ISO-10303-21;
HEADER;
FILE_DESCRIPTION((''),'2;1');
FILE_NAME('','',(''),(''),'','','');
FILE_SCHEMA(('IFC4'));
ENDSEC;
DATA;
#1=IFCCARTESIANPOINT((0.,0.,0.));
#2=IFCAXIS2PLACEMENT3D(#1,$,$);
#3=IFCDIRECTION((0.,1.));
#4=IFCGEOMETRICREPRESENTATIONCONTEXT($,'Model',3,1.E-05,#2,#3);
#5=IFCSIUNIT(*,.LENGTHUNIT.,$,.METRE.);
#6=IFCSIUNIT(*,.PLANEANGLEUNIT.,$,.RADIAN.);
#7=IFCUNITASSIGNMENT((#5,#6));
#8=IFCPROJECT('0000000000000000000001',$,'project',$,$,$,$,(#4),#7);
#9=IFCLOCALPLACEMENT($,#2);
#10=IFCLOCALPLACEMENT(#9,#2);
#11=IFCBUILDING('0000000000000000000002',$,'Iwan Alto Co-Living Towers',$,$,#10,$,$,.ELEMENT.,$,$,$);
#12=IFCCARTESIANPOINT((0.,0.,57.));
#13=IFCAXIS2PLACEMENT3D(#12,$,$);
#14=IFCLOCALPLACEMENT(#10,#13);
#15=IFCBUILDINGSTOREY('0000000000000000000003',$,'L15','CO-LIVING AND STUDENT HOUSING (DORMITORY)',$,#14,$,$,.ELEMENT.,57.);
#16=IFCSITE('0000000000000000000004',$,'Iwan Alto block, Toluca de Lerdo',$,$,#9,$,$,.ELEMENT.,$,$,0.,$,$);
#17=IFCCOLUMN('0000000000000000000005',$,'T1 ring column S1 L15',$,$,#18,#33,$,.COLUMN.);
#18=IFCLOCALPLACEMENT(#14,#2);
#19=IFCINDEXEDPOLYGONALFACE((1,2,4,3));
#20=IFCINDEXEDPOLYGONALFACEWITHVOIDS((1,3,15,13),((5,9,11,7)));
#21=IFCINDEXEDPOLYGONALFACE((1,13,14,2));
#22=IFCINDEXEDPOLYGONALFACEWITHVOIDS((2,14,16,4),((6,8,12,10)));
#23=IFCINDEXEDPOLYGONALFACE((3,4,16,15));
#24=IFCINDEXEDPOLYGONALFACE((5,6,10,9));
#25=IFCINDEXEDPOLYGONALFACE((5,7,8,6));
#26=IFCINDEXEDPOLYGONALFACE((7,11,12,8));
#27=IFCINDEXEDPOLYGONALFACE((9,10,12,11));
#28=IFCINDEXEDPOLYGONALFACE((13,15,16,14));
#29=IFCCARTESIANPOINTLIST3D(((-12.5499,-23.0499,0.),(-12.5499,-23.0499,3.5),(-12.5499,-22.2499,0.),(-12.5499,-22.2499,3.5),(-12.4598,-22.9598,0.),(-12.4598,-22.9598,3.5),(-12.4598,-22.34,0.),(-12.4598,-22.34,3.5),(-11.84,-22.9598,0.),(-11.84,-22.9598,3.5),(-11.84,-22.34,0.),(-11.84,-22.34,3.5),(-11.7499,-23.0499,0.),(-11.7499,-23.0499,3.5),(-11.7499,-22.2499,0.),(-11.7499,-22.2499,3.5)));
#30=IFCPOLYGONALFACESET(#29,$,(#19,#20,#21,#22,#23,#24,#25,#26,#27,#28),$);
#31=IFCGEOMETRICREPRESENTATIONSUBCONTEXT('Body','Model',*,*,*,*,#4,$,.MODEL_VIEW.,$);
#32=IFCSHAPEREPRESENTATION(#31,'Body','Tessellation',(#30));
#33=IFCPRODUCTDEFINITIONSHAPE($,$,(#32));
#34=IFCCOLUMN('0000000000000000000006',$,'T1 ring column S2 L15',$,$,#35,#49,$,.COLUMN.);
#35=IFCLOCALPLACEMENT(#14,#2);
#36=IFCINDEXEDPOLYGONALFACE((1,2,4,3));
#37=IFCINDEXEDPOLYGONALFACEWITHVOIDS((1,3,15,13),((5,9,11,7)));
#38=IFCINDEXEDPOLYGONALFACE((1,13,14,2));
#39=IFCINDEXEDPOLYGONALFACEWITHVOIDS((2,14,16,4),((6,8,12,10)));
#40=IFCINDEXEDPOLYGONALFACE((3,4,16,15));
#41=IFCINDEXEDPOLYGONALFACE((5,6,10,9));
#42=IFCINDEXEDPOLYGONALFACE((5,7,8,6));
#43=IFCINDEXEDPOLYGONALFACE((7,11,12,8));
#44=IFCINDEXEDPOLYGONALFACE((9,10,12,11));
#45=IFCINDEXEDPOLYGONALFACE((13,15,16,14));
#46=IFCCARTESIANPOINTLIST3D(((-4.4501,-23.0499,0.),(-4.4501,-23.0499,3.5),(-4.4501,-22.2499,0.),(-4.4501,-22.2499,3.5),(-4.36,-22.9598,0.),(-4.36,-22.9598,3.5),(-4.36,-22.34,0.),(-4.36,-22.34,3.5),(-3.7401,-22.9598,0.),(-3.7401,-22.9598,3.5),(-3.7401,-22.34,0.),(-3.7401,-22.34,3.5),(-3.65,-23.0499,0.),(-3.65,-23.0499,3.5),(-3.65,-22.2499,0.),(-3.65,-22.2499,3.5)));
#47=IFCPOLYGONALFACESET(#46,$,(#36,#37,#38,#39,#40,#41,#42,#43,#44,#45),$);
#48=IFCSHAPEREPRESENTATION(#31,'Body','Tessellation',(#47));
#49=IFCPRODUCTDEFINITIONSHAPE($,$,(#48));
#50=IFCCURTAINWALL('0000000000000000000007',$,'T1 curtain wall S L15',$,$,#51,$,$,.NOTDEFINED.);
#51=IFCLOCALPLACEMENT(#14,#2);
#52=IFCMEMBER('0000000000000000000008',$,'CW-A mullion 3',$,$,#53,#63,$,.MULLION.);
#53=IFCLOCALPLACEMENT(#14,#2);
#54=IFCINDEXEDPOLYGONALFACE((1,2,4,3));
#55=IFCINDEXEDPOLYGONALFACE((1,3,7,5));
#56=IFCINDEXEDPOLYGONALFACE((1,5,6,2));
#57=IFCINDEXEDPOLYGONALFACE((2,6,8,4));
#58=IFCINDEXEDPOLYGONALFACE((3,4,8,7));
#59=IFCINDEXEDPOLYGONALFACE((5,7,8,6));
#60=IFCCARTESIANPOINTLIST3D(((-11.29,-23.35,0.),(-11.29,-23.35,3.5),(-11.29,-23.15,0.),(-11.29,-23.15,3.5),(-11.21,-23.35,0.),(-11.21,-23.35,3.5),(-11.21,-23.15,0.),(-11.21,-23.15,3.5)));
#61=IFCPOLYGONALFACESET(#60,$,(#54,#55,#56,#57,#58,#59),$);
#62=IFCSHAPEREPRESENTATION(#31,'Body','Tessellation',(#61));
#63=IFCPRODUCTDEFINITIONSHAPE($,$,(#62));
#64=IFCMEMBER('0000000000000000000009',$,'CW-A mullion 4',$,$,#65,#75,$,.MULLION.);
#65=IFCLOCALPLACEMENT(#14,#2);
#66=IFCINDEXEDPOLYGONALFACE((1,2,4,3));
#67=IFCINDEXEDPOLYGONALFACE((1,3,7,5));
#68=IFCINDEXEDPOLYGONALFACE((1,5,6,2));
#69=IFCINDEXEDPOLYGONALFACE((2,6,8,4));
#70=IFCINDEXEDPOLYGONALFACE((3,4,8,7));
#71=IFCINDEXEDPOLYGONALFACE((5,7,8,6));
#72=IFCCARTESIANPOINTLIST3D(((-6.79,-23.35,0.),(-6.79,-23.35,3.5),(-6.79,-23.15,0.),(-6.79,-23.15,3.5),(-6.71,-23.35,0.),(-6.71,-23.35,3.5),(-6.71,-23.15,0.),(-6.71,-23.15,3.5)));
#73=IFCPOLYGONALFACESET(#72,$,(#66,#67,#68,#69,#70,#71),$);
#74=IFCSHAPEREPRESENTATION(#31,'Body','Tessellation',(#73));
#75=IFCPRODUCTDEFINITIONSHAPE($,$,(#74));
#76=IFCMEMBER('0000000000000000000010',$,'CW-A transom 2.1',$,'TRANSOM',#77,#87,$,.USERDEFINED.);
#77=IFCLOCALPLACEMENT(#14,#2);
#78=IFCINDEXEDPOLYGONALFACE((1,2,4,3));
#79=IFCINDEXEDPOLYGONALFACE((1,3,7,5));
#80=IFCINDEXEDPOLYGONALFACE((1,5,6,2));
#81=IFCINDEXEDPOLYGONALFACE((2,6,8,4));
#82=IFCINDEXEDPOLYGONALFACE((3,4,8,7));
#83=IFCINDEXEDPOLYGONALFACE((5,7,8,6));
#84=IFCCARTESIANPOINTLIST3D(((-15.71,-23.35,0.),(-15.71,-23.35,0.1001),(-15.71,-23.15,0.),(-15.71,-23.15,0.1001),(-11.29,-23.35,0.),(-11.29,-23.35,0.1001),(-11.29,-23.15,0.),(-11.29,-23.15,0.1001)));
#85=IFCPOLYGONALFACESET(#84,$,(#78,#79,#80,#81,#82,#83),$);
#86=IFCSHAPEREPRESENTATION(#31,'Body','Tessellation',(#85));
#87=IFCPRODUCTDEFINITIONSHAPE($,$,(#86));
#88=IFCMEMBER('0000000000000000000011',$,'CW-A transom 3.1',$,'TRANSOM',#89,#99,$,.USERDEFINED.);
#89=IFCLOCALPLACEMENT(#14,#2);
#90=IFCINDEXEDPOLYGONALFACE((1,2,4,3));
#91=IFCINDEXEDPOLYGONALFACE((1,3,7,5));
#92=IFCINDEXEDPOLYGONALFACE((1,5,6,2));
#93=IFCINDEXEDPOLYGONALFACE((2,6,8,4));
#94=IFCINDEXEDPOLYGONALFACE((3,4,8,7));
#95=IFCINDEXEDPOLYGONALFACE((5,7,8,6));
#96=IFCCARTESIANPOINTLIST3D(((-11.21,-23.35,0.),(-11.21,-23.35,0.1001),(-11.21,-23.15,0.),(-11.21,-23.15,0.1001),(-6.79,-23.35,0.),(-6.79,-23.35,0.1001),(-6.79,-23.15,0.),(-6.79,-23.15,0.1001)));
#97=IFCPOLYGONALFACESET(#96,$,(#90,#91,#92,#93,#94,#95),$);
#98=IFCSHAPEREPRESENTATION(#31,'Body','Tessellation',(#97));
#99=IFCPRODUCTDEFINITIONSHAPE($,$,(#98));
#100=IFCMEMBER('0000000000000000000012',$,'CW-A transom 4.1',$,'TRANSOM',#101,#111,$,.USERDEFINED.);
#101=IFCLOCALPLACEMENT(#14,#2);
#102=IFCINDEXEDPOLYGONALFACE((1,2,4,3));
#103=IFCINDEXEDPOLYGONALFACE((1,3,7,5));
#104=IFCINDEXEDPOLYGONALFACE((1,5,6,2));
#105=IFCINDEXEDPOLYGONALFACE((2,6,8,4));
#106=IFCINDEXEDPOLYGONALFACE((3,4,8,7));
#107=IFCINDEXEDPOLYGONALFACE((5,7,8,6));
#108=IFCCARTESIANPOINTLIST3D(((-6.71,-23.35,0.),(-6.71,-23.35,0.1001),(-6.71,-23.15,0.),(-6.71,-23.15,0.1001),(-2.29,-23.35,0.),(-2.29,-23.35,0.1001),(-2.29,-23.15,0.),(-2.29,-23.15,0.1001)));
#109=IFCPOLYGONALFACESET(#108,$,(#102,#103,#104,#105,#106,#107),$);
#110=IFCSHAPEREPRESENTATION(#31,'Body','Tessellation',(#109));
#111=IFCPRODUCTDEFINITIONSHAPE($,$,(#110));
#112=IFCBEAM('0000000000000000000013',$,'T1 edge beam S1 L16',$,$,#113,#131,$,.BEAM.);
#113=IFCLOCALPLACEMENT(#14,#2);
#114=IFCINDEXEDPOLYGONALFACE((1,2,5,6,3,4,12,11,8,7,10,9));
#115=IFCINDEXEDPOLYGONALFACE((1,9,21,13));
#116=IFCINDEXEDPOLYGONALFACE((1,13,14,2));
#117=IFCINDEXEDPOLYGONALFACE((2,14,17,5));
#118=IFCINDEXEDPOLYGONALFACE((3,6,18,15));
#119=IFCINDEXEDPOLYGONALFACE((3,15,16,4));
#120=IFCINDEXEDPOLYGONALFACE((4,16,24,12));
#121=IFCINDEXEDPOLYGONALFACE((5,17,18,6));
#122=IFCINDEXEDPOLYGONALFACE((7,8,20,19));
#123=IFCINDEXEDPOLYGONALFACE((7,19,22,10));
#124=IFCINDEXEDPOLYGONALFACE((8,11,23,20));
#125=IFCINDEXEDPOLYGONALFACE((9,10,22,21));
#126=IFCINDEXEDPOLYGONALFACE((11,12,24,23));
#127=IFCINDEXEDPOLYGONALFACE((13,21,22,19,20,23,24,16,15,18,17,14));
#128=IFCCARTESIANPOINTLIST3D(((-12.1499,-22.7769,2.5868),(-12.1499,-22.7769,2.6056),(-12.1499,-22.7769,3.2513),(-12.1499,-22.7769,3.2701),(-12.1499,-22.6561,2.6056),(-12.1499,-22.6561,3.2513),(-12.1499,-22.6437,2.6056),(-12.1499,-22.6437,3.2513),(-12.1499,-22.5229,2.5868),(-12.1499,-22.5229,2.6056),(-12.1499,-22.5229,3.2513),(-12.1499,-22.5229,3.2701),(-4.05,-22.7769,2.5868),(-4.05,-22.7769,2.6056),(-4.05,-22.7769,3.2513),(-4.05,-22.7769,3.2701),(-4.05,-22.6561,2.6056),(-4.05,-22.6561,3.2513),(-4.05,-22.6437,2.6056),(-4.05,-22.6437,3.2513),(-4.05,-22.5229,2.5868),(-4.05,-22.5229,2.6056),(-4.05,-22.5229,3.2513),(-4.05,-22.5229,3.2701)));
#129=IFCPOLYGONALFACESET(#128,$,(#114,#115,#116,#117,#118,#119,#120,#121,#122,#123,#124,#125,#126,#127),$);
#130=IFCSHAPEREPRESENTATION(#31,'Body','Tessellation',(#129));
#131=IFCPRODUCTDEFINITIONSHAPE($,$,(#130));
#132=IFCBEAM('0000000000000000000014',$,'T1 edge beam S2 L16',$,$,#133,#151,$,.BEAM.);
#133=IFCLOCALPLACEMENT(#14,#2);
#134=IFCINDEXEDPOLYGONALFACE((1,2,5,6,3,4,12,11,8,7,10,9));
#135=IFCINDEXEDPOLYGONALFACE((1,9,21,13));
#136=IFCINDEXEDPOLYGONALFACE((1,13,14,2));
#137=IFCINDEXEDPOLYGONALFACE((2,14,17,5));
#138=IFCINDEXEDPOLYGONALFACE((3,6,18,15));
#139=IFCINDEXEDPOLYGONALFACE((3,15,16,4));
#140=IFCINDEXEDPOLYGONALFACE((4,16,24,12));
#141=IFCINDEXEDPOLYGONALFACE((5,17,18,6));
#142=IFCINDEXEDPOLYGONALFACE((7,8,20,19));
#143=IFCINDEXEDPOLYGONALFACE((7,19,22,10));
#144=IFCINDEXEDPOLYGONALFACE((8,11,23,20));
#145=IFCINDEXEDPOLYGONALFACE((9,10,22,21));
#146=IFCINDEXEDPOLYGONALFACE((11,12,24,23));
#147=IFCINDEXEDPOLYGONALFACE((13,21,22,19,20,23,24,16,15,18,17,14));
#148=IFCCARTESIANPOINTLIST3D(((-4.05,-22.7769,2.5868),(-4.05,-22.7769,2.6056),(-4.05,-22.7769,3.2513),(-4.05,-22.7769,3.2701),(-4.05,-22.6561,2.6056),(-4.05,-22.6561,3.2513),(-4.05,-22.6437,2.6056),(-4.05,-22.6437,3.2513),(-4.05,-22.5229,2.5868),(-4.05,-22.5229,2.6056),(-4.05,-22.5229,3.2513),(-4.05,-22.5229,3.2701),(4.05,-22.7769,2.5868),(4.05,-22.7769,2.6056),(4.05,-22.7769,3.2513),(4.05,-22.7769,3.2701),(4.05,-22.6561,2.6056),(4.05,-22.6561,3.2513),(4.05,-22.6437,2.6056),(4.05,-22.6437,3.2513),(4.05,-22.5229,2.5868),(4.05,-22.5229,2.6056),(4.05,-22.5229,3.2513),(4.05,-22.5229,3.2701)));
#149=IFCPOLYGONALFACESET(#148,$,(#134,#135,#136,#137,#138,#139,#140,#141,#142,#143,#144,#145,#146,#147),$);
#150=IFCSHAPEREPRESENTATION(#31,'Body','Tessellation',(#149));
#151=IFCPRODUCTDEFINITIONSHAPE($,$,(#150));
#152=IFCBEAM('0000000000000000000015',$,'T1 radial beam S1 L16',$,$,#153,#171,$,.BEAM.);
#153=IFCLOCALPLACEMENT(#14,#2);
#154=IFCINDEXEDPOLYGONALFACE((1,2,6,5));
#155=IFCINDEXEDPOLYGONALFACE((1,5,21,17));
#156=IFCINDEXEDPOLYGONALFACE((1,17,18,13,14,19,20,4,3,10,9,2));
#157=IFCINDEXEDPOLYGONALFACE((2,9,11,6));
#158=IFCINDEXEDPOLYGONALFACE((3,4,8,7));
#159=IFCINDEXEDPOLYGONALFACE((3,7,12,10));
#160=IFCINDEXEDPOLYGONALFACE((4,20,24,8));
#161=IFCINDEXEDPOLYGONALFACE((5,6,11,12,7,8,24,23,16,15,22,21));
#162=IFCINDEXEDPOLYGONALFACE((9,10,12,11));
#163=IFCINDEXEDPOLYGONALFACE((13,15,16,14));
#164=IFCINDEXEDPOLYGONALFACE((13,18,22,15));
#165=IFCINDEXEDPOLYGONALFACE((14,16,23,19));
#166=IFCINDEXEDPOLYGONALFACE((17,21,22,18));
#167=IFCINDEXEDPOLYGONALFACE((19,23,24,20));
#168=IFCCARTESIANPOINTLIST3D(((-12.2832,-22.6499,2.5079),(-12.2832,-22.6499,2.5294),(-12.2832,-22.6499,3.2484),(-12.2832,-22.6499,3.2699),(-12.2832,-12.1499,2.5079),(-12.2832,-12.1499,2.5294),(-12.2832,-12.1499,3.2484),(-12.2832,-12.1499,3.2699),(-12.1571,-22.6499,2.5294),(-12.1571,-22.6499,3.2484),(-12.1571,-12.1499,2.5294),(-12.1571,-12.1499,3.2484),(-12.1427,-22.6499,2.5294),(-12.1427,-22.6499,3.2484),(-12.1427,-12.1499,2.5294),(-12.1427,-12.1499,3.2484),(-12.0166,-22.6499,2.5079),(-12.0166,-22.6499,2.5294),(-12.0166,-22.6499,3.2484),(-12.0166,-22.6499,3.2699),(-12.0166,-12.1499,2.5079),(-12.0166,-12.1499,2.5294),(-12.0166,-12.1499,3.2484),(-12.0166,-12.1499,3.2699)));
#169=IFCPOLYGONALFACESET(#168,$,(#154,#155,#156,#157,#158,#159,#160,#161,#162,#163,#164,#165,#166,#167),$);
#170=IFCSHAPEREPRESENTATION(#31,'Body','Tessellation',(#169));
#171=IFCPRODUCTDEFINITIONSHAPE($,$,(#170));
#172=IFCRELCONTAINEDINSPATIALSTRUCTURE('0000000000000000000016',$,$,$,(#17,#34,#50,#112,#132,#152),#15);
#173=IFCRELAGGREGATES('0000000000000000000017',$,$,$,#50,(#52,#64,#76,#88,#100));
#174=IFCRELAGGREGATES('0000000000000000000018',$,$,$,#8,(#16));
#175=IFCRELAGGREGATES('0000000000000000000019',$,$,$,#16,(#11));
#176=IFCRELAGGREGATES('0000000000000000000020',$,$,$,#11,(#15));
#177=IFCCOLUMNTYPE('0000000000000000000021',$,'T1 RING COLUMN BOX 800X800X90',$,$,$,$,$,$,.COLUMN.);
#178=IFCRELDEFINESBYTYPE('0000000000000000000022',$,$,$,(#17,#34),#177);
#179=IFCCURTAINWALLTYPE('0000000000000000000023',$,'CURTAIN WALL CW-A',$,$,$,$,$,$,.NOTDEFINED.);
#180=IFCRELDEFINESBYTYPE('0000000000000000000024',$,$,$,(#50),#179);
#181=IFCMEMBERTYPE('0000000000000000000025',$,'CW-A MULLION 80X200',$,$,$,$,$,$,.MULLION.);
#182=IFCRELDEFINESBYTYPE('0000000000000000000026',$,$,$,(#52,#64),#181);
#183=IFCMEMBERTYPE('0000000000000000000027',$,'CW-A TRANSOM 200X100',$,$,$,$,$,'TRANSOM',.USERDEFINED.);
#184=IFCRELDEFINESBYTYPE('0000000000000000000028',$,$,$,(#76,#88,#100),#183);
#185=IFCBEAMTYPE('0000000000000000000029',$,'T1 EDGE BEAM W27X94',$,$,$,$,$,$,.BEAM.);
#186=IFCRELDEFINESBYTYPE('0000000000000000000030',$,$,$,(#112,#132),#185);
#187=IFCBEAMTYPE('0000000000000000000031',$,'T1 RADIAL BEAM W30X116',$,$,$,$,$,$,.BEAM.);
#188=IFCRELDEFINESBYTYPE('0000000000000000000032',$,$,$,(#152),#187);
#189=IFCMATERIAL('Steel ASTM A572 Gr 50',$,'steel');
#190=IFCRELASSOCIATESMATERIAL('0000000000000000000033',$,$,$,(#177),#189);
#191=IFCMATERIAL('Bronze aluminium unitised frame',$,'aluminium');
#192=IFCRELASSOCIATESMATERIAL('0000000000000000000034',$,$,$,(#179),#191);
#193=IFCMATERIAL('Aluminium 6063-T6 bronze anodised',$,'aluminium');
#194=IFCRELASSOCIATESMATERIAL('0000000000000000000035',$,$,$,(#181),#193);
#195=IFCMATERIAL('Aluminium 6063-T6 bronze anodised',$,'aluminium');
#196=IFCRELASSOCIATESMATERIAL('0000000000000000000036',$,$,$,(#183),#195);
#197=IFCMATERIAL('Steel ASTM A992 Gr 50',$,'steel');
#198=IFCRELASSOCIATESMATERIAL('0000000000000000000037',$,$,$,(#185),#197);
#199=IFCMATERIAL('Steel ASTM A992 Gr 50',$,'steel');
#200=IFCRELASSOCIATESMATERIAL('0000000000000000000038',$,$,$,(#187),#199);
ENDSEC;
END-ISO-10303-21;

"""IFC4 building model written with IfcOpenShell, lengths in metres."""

from ifc_helpers import new_model, si_unit, direction, frame, origin, origin_2d, place, context, subcontext, project, spatial, rectangle, hollow_rectangle, i_section, extrude, material, material_profile, profile_set, type_object, element, aggregate, save


model = new_model("IFC4")

# Units and contexts
model_context = context("Model", 3, precision=1e-05, world=origin(), true_north=direction((0.0, 1.0)))
body_context = subcontext(model_context, "Body", "Model", "MODEL_VIEW")
ifc_project = project(units=[si_unit("LENGTHUNIT", "METRE"), si_unit("PLANEANGLEUNIT", "RADIAN")], contexts=[model_context])

# Site, building, storey
site_placement = place(None, origin())
site = spatial("IfcSite", under=ifc_project, at=site_placement, Name="Iwan Alto block, Toluca de Lerdo", CompositionType="ELEMENT", RefElevation=0.0)
building_placement = place(site_placement, origin())
building = spatial("IfcBuilding", under=site, at=building_placement, Name="Iwan Alto Co-Living Towers", CompositionType="ELEMENT")
storey_placement = place(building_placement, frame((0.0, 0.0, 57.0)))
storey = spatial("IfcBuildingStorey", under=building, at=storey_placement, Name="L15", Description="CO-LIVING AND STUDENT HOUSING (DORMITORY)", CompositionType="ELEMENT", Elevation=57.0)

# Columns
ifc_material_1 = material(Name="Steel ASTM A572 Gr 50", Category="steel")
ifc_material_profile_1 = material_profile(ifc_material_1, hollow_rectangle(XDim=0.8, YDim=0.8, WallThickness=0.0901, at=origin_2d()), Name="BOX 800X800X90")
ifc_profile_set_1 = profile_set([ifc_material_profile_1], Name="Steel ASTM A572 Gr 50")
column_type = type_object("IfcColumnType", Name="T1 RING COLUMN BOX 800X800X90", PredefinedType="COLUMN", material=ifc_profile_set_1)
for number, where, z_axis, x_axis, name in (
    (1, (-12.1499, -22.6499, 0.0), (0.0, 0.0, 1.0), (1.0, 0.0, 0.0), "T1 ring column S1 L15"),
    (2, (-4.05, -22.6499, 0.0), (0.0, 0.0, 1.0), (1.0, 0.0, 0.0), "T1 ring column S2 L15"),
):
    element("IfcColumn", number, at=place(storey_placement, frame(where, z_axis=z_axis, x_axis=x_axis)), inside=storey, type_object=column_type, Name=name, PredefinedType="COLUMN", context=body_context, shape_type="SweptSolid", body=[
        extrude(hollow_rectangle(XDim=0.8, YDim=0.8, WallThickness=0.0901, at=origin_2d()), origin(), (0.0, 0.0, 1.0), 3.5),
    ])

# Curtain wall, members
ifc_material_2 = material(Name="Bronze aluminium unitised frame", Category="aluminium")
curtain_wall_type = type_object("IfcCurtainWallType", Name="CURTAIN WALL CW-A", PredefinedType="NOTDEFINED", material=ifc_material_2)
curtain_wall_placement = place(storey_placement, origin())
curtain_wall = element("IfcCurtainWall", 3, at=curtain_wall_placement, inside=storey, type_object=curtain_wall_type, Name="T1 curtain wall S L15", PredefinedType="NOTDEFINED")
ifc_material_3 = material(Name="Aluminium 6063-T6 bronze anodised", Category="aluminium")
ifc_material_profile_2 = material_profile(ifc_material_3, rectangle(XDim=0.2, YDim=0.0801, at=origin_2d()), Name="AL 80X200")
ifc_profile_set_2 = profile_set([ifc_material_profile_2], Name="Aluminium 6063-T6 bronze anodised")
member_type_1 = type_object("IfcMemberType", Name="CW-A MULLION 80X200", PredefinedType="MULLION", material=ifc_profile_set_2)
member_1_placement = place(storey_placement, frame((-11.25, -23.25, 0.0), z_axis=(0.0, 0.0, 1.0), x_axis=(0.0, 1.0, 0.0)))
member_1 = element("IfcMember", 4, at=member_1_placement, type_object=member_type_1, Name="CW-A mullion 3", PredefinedType="MULLION", context=body_context, shape_type="SweptSolid", body=[
    extrude(rectangle(XDim=0.2, YDim=0.0801, at=origin_2d()), origin(), (0.0, 0.0, 1.0), 3.5),
])
member_2_placement = place(storey_placement, frame((-6.75, -23.25, 0.0), z_axis=(0.0, 0.0, 1.0), x_axis=(0.0, 1.0, 0.0)))
member_2 = element("IfcMember", 5, at=member_2_placement, type_object=member_type_1, Name="CW-A mullion 4", PredefinedType="MULLION", context=body_context, shape_type="SweptSolid", body=[
    extrude(rectangle(XDim=0.2, YDim=0.0801, at=origin_2d()), origin(), (0.0, 0.0, 1.0), 3.5),
])
ifc_material_4 = material(Name="Aluminium 6063-T6 bronze anodised", Category="aluminium")
ifc_material_profile_3 = material_profile(ifc_material_4, rectangle(XDim=0.2, YDim=0.1001, at=origin_2d()), Name="AL 200X100")
ifc_profile_set_3 = profile_set([ifc_material_profile_3], Name="Aluminium 6063-T6 bronze anodised")
member_type_2 = type_object("IfcMemberType", Name="CW-A TRANSOM 200X100", ElementType="TRANSOM", PredefinedType="USERDEFINED", material=ifc_profile_set_3)
member_3_placement = place(storey_placement, frame((-15.71, -23.25, 0.05), z_axis=(1.0, 0.0, 0.0), x_axis=(0.0, 1.0, 0.0)))
member_3 = element("IfcMember", 6, at=member_3_placement, type_object=member_type_2, Name="CW-A transom 2.1", ObjectType="TRANSOM", PredefinedType="USERDEFINED", context=body_context, shape_type="SweptSolid", body=[
    extrude(rectangle(XDim=0.2, YDim=0.1001, at=origin_2d()), origin(), (0.0, 0.0, 1.0), 4.4199),
])
member_4_placement = place(storey_placement, frame((-11.21, -23.25, 0.05), z_axis=(1.0, 0.0, 0.0), x_axis=(0.0, 1.0, 0.0)))
member_4 = element("IfcMember", 7, at=member_4_placement, type_object=member_type_2, Name="CW-A transom 3.1", ObjectType="TRANSOM", PredefinedType="USERDEFINED", context=body_context, shape_type="SweptSolid", body=[
    extrude(rectangle(XDim=0.2, YDim=0.1001, at=origin_2d()), origin(), (0.0, 0.0, 1.0), 4.4199),
])
member_5_placement = place(storey_placement, frame((-6.71, -23.25, 0.05), z_axis=(1.0, 0.0, 0.0), x_axis=(0.0, 1.0, 0.0)))
member_5 = element("IfcMember", 8, at=member_5_placement, type_object=member_type_2, Name="CW-A transom 4.1", ObjectType="TRANSOM", PredefinedType="USERDEFINED", context=body_context, shape_type="SweptSolid", body=[
    extrude(rectangle(XDim=0.2, YDim=0.1001, at=origin_2d()), origin(), (0.0, 0.0, 1.0), 4.4199),
])

# Beams
ifc_material_5 = material(Name="Steel ASTM A992 Gr 50", Category="steel")
ifc_material_profile_4 = material_profile(ifc_material_5, i_section(OverallWidth=0.2539, OverallDepth=0.6833, WebThickness=0.0125, FlangeThickness=0.0188, at=origin_2d()), Name="W27X94")
ifc_profile_set_4 = profile_set([ifc_material_profile_4], Name="Steel ASTM A992 Gr 50")
beam_type_1 = type_object("IfcBeamType", Name="T1 EDGE BEAM W27X94", PredefinedType="BEAM", material=ifc_profile_set_4)
beam_1_placement = place(storey_placement, frame((-12.1499, -22.6499, 2.9285), z_axis=(1.0, 0.0, 0.0), x_axis=(0.0, 1.0, 0.0)))
element("IfcBeam", 9, at=beam_1_placement, inside=storey, type_object=beam_type_1, Name="T1 edge beam S1 L16", PredefinedType="BEAM", context=body_context, shape_type="SweptSolid", body=[
    extrude(i_section(OverallWidth=0.2539, OverallDepth=0.6833, WebThickness=0.0125, FlangeThickness=0.0188, at=origin_2d()), origin(), (0.0, 0.0, 1.0), 8.0999),
])
beam_2_placement = place(storey_placement, frame((-4.05, -22.6499, 2.9285), z_axis=(1.0, 0.0, 0.0), x_axis=(0.0, 1.0, 0.0)))
element("IfcBeam", 10, at=beam_2_placement, inside=storey, type_object=beam_type_1, Name="T1 edge beam S2 L16", PredefinedType="BEAM", context=body_context, shape_type="SweptSolid", body=[
    extrude(i_section(OverallWidth=0.2539, OverallDepth=0.6833, WebThickness=0.0125, FlangeThickness=0.0188, at=origin_2d()), origin(), (0.0, 0.0, 1.0), 8.1001),
])
ifc_material_6 = material(Name="Steel ASTM A992 Gr 50", Category="steel")
ifc_material_profile_5 = material_profile(ifc_material_6, i_section(OverallWidth=0.2666, OverallDepth=0.762, WebThickness=0.0144, FlangeThickness=0.0215, at=origin_2d()), Name="W30X116")
ifc_profile_set_5 = profile_set([ifc_material_profile_5], Name="Steel ASTM A992 Gr 50")
beam_type_2 = type_object("IfcBeamType", Name="T1 RADIAL BEAM W30X116", PredefinedType="BEAM", material=ifc_profile_set_5)
beam_3_placement = place(storey_placement, frame((-12.1499, -22.6499, 2.8889), z_axis=(0.0, 1.0, 0.0), x_axis=(-1.0, 0.0, 0.0)))
element("IfcBeam", 11, at=beam_3_placement, inside=storey, type_object=beam_type_2, Name="T1 radial beam S1 L16", PredefinedType="BEAM", context=body_context, shape_type="SweptSolid", body=[
    extrude(i_section(OverallWidth=0.2666, OverallDepth=0.762, WebThickness=0.0144, FlangeThickness=0.0215, at=origin_2d()), origin(), (0.0, 0.0, 1.0), 10.5),
])

aggregate(curtain_wall, [member_1, member_2, member_3, member_4, member_5])

save(model, "model.ifc")
